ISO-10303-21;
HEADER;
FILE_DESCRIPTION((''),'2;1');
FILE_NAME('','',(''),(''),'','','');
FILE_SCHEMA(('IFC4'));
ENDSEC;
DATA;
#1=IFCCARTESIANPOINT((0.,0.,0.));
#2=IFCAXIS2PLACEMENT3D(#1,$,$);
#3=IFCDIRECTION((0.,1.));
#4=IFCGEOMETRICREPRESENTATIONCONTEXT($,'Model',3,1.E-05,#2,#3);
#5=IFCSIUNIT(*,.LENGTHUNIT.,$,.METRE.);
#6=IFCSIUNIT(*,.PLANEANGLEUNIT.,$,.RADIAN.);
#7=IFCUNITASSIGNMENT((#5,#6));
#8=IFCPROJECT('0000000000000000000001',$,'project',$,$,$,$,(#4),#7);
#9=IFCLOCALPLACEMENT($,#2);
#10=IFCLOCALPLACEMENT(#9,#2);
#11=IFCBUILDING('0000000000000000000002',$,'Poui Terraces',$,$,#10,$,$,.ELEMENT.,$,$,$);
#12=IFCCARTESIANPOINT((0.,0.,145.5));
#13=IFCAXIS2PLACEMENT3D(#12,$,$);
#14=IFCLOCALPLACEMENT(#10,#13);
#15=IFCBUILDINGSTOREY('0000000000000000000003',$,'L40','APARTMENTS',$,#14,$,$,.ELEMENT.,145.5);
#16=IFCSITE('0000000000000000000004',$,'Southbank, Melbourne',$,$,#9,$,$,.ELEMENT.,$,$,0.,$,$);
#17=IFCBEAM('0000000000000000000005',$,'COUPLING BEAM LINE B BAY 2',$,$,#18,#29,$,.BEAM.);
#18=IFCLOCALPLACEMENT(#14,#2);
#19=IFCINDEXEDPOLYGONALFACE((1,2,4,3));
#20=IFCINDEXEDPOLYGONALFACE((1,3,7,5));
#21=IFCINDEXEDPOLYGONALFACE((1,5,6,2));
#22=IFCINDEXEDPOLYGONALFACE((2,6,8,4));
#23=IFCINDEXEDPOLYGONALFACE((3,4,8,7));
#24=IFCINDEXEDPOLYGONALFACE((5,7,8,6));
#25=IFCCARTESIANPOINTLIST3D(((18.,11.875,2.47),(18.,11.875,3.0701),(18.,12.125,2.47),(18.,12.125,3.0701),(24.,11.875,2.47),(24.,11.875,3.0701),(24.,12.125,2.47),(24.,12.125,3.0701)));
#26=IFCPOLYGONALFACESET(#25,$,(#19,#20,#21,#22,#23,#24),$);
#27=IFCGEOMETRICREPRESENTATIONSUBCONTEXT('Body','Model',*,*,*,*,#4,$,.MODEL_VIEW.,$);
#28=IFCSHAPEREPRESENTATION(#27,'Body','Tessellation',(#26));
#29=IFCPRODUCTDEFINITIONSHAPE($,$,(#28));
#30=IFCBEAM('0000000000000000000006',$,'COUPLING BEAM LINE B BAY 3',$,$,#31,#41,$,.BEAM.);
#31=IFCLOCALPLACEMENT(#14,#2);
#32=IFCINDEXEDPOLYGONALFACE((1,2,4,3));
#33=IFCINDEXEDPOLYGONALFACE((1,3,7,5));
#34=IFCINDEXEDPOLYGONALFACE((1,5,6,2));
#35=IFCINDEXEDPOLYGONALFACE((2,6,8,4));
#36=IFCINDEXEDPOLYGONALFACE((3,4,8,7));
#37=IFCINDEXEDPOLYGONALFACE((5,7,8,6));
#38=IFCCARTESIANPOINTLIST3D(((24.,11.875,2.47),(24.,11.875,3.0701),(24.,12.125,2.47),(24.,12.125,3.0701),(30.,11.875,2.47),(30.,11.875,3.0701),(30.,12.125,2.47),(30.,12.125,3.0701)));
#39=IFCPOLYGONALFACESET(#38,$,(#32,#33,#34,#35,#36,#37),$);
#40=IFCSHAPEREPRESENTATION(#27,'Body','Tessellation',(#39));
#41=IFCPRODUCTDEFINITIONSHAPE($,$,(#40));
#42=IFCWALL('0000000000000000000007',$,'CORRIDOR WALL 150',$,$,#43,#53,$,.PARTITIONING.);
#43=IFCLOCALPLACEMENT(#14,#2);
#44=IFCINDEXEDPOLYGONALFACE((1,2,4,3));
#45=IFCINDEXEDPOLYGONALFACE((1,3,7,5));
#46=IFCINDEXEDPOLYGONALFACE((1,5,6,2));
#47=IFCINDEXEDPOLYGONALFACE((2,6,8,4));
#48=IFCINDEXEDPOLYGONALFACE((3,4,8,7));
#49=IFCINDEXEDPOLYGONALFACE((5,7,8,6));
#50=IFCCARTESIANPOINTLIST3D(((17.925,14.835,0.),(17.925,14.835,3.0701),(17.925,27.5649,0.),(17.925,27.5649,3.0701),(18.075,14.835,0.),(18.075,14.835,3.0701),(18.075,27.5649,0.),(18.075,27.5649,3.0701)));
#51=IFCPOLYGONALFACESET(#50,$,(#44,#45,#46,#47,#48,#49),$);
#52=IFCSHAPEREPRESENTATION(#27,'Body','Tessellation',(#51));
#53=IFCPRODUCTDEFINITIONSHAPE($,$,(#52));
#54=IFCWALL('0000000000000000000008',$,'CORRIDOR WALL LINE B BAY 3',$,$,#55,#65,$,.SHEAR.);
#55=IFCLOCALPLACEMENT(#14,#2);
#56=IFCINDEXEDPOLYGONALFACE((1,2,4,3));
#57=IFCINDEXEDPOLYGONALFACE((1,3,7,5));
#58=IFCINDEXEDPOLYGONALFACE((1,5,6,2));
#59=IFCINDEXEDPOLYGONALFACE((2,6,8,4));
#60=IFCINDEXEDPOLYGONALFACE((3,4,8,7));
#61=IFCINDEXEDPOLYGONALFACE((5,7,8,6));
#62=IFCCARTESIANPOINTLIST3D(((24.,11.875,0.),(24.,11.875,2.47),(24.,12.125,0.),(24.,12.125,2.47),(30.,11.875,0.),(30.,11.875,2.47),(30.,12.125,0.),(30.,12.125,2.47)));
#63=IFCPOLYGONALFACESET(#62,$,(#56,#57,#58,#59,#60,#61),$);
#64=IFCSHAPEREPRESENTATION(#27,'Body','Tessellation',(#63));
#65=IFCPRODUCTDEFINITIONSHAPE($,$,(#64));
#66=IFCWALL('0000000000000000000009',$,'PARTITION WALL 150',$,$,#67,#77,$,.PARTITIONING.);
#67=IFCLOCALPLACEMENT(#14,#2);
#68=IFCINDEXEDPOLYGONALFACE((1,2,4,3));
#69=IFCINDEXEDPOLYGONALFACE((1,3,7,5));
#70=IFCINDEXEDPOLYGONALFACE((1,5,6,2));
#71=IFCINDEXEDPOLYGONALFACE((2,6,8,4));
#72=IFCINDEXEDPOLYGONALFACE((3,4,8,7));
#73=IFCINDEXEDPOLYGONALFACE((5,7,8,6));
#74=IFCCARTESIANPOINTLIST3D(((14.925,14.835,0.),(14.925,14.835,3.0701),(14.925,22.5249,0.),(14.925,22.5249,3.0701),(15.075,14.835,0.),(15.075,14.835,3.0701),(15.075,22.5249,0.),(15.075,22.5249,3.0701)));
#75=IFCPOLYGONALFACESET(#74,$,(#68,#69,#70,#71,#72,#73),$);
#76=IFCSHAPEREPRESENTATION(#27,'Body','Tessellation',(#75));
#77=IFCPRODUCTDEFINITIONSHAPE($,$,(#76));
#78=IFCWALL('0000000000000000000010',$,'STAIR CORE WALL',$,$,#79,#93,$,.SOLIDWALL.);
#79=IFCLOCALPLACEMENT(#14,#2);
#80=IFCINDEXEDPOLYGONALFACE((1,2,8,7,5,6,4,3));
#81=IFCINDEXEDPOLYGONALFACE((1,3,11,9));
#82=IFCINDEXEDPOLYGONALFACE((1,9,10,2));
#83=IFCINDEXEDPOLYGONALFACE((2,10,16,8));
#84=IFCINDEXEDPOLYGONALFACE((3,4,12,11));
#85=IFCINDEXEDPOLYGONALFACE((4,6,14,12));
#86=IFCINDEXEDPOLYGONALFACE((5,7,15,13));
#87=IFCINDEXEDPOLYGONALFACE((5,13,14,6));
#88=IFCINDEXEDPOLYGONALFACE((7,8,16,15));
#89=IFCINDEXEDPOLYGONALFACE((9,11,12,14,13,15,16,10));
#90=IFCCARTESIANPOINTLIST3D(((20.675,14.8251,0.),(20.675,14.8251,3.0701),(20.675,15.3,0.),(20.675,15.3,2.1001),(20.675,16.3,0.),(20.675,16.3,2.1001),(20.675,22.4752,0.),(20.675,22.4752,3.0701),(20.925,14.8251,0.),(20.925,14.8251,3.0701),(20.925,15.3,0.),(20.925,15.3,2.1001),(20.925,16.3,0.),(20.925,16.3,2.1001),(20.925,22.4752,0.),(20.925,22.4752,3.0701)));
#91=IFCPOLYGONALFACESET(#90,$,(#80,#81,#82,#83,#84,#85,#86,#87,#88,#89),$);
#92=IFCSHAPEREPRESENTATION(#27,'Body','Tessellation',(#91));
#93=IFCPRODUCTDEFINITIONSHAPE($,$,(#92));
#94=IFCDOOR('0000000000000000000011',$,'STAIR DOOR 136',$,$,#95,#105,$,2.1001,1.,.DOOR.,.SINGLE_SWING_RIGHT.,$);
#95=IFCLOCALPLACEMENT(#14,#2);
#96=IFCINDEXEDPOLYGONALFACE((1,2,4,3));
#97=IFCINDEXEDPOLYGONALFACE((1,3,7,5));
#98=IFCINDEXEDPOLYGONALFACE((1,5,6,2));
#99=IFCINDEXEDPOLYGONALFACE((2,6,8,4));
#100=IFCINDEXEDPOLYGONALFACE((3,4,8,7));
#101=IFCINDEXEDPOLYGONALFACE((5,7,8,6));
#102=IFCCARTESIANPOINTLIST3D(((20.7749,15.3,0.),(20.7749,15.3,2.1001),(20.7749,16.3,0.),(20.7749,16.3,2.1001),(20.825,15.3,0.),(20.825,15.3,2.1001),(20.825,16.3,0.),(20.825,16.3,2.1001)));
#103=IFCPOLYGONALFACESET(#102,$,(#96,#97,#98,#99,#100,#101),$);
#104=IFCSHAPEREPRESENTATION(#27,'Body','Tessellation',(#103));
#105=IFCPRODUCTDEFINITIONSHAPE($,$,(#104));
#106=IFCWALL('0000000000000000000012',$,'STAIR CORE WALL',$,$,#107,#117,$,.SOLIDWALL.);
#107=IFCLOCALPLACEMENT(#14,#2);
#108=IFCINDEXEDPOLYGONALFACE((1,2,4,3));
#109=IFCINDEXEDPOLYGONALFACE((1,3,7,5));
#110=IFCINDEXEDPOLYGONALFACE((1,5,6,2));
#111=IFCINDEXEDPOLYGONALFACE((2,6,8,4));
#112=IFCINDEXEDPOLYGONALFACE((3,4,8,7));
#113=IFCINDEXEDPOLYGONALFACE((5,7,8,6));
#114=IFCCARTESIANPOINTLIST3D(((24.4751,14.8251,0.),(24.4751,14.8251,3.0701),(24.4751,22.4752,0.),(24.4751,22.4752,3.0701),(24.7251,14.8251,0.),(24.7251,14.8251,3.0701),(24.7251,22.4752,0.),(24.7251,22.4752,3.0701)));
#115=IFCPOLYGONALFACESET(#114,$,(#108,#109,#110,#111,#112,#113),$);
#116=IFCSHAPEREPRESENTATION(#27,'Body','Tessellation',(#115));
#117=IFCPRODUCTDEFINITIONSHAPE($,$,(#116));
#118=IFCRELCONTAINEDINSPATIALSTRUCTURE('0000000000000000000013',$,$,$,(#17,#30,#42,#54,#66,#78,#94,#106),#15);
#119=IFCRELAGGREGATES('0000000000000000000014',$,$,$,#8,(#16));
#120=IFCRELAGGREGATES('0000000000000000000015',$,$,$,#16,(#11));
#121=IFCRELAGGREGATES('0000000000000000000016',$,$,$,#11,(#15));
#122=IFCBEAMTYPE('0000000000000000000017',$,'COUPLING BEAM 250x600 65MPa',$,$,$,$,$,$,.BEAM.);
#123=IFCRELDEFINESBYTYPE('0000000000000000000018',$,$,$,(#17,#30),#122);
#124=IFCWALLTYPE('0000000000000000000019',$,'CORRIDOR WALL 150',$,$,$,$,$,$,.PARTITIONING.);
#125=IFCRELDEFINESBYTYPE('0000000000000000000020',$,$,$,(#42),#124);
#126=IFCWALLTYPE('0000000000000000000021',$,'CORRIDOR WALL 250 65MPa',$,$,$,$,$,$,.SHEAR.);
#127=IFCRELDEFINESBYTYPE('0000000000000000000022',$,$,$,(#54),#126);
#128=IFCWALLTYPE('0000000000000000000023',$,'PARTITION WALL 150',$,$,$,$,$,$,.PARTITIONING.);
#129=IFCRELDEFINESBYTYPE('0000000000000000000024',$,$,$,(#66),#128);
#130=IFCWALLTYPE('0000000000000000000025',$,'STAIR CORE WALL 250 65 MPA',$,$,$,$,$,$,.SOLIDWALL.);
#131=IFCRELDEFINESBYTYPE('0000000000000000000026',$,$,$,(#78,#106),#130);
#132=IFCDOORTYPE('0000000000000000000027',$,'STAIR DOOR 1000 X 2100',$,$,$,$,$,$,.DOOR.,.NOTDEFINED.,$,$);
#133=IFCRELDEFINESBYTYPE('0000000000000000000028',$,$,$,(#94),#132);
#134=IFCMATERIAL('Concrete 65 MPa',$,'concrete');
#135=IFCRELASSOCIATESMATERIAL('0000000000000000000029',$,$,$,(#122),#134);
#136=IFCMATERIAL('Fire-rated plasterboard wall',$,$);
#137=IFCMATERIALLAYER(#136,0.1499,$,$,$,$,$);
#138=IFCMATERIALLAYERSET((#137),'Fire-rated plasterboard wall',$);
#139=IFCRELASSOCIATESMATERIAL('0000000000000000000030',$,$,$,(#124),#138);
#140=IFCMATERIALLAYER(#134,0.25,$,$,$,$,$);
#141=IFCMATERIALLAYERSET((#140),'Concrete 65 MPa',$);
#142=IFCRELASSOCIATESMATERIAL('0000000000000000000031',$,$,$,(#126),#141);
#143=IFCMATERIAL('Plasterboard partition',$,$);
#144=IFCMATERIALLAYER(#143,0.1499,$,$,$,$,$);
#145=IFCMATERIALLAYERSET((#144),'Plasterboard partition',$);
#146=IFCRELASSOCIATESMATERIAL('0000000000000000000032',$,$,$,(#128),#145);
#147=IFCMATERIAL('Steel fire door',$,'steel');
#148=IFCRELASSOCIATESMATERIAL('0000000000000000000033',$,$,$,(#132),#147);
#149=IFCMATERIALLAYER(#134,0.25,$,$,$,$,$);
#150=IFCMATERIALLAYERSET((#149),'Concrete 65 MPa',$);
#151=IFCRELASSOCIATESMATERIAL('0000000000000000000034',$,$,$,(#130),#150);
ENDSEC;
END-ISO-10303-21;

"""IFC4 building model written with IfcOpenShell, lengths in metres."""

from ifc_helpers import new_model, si_unit, direction, frame, frame_2d, origin, origin_2d, place, context, subcontext, project, spatial, rectangle, extrude, source, transform, mapped, material, layer, layer_set, material_profile, profile_set, type_object, element, fill, save


model = new_model("IFC4")

# Units and contexts
model_context = context("Model", 3, precision=1e-05, world=origin(), true_north=direction((0.0, 1.0)))
body_context = subcontext(model_context, "Body", "Model", "MODEL_VIEW")
ifc_project = project(units=[si_unit("LENGTHUNIT", "METRE"), si_unit("PLANEANGLEUNIT", "RADIAN")], contexts=[model_context])

# Site, building, storey
site_placement = place(None, origin())
site = spatial("IfcSite", under=ifc_project, at=site_placement, Name="Southbank, Melbourne", CompositionType="ELEMENT", RefElevation=0.0)
building_placement = place(site_placement, origin())
building = spatial("IfcBuilding", under=site, at=building_placement, Name="Poui Terraces", CompositionType="ELEMENT")
storey_placement = place(building_placement, frame((0.0, 0.0, 145.5)))
storey = spatial("IfcBuildingStorey", under=building, at=storey_placement, Name="L40", Description="APARTMENTS", CompositionType="ELEMENT", Elevation=145.5)

# Beams
ifc_material_1 = material(Name="Concrete 65 MPa", Category="concrete")
ifc_material_profile = material_profile(ifc_material_1, rectangle(XDim=0.25, YDim=0.6001, at=origin_2d()), Name="RC 250x600")
ifc_profile_set = profile_set([ifc_material_profile], Name="Concrete 65 MPa")
beam_type = type_object("IfcBeamType", Name="COUPLING BEAM 250x600 65MPa", PredefinedType="BEAM", material=ifc_profile_set)
shared_shape = source(origin(), body_context, "Body", "SweptSolid", [
    extrude(rectangle(XDim=0.25, YDim=0.6001, at=origin_2d()), origin(), (0.0, 0.0, 1.0), 6.0),
])
for number, where, z_axis, x_axis, name in (
    (1, (18.0, 12.0, 2.77), (1.0, 0.0, 0.0), (0.0, 1.0, 0.0), "COUPLING BEAM LINE B BAY 2"),
    (2, (24.0, 12.0, 2.77), (1.0, 0.0, 0.0), (0.0, 1.0, 0.0), "COUPLING BEAM LINE B BAY 3"),
):
    element("IfcBeam", number, at=place(storey_placement, frame(where, z_axis=z_axis, x_axis=x_axis)), inside=storey, type_object=beam_type, Name=name, PredefinedType="BEAM", context=body_context, shape_type="MappedRepresentation", body=[
        mapped(shared_shape, transform((0.0, 0.0, 0.0))),
    ])

# Walls
ifc_material_2 = material(Name="Fire-rated plasterboard wall")
ifc_layer_1 = layer(ifc_material_2, 0.1499)
ifc_layer_set_1 = layer_set([ifc_layer_1], Name="Fire-rated plasterboard wall")
wall_type_1 = type_object("IfcWallType", Name="CORRIDOR WALL 150", PredefinedType="PARTITIONING", material=ifc_layer_set_1)
wall_1_placement = place(storey_placement, frame((18.0, 14.835, 0.0), z_axis=(0.0, 0.0, 1.0), x_axis=(0.0, 1.0, 0.0)))
element("IfcWall", 3, at=wall_1_placement, inside=storey, type_object=wall_type_1, Name="CORRIDOR WALL 150", PredefinedType="PARTITIONING", context=body_context, shape_type="SweptSolid", body=[
    extrude(rectangle(XDim=12.73, YDim=0.1499, at=frame_2d((6.365, 0.0))), origin(), (0.0, 0.0, 1.0), 3.0701),
])
ifc_layer_2 = layer(ifc_material_1, 0.25)
ifc_layer_set_2 = layer_set([ifc_layer_2], Name="Concrete 65 MPa")
wall_type_2 = type_object("IfcWallType", Name="CORRIDOR WALL 250 65MPa", PredefinedType="SHEAR", material=ifc_layer_set_2)
wall_2_placement = place(storey_placement, frame((24.0, 12.0, 0.0), z_axis=(0.0, 0.0, 1.0), x_axis=(1.0, 0.0, 0.0)))
element("IfcWall", 4, at=wall_2_placement, inside=storey, type_object=wall_type_2, Name="CORRIDOR WALL LINE B BAY 3", PredefinedType="SHEAR", context=body_context, shape_type="SweptSolid", body=[
    extrude(rectangle(XDim=6.0, YDim=0.25, at=frame_2d((3.0, 0.0))), origin(), (0.0, 0.0, 1.0), 2.47),
])
ifc_material_3 = material(Name="Plasterboard partition")
ifc_layer_3 = layer(ifc_material_3, 0.1499)
ifc_layer_set_3 = layer_set([ifc_layer_3], Name="Plasterboard partition")
wall_type_3 = type_object("IfcWallType", Name="PARTITION WALL 150", PredefinedType="PARTITIONING", material=ifc_layer_set_3)
wall_3_placement = place(storey_placement, frame((15.0, 14.835, 0.0), z_axis=(0.0, 0.0, 1.0), x_axis=(0.0, 1.0, 0.0)))
element("IfcWall", 5, at=wall_3_placement, inside=storey, type_object=wall_type_3, Name="PARTITION WALL 150", PredefinedType="PARTITIONING", context=body_context, shape_type="SweptSolid", body=[
    extrude(rectangle(XDim=7.6899, YDim=0.1499, at=frame_2d((3.845, 0.0))), origin(), (0.0, 0.0, 1.0), 3.0701),
])

# Shared definitions
ifc_material_4 = material(Name="Steel fire door", Category="steel")
door_type_1 = type_object("IfcDoorType", Name="STAIR DOOR 1000 X 2100", OperationType="NOTDEFINED", PredefinedType="DOOR", material=ifc_material_4)

# Wall, opening, door
ifc_layer_4 = layer(ifc_material_1, 0.25)
ifc_layer_set_4 = layer_set([ifc_layer_4], Name="Concrete 65 MPa")
wall_type_4 = type_object("IfcWallType", Name="STAIR CORE WALL 250 65 MPA", PredefinedType="SOLIDWALL", material=ifc_layer_set_4)
wall_4_placement = place(storey_placement, frame((20.8, 14.825, 0.0), z_axis=(0.0, 0.0, 1.0), x_axis=(0.0, 1.0, 0.0)))
wall_4 = element("IfcWall", 6, at=wall_4_placement, inside=storey, type_object=wall_type_4, Name="STAIR CORE WALL", PredefinedType="SOLIDWALL", context=body_context, shape_type="SweptSolid", body=[
    extrude(rectangle(XDim=7.6501, YDim=0.25, at=frame_2d((3.8252, 0.0))), origin(), (0.0, 0.0, 1.0), 3.0701),
])
opening_1_placement = place(wall_4_placement, frame((0.4751, 0.0, 0.0)))
opening_1 = element("IfcOpeningElement", 7, at=opening_1_placement, cuts=wall_4, PredefinedType="OPENING", context=body_context, shape_type="SweptSolid", body=[
    extrude(rectangle(XDim=1.0, YDim=2.1001, at=frame_2d((0.5, 1.05))), frame((0.0, 0.135, 0.0), z_axis=(0.0, -1.0, 0.0), x_axis=(1.0, 0.0, 0.0)), (0.0, 0.0, 1.0), 0.27),
])
door_1_placement = place(opening_1_placement, frame((1.0, 0.0, 0.0), z_axis=(0.0, 0.0, 1.0), x_axis=(-1.0, 0.0, 0.0)))
door_1 = element("IfcDoor", 8, at=door_1_placement, inside=storey, type_object=door_type_1, Name="STAIR DOOR 136", OperationType="SINGLE_SWING_RIGHT", OverallHeight=2.1001, OverallWidth=1.0, PredefinedType="DOOR", context=body_context, shape_type="SweptSolid", body=[
    extrude(rectangle(XDim=1.0, YDim=2.1001, at=frame_2d((0.5, 1.05))), frame((0.0, 0.0249, 0.0), z_axis=(0.0, -1.0, 0.0), x_axis=(1.0, 0.0, 0.0)), (0.0, 0.0, 1.0), 0.05),
])
fill(opening_1, door_1)

# Wall
wall_5_placement = place(storey_placement, frame((24.6001, 14.825, 0.0), z_axis=(0.0, 0.0, 1.0), x_axis=(0.0, 1.0, 0.0)))
element("IfcWall", 9, at=wall_5_placement, inside=storey, type_object=wall_type_4, Name="STAIR CORE WALL", PredefinedType="SOLIDWALL", context=body_context, shape_type="SweptSolid", body=[
    extrude(rectangle(XDim=7.6501, YDim=0.25, at=frame_2d((3.8252, 0.0))), origin(), (0.0, 0.0, 1.0), 3.0701),
])

save(model, "model.ifc")
